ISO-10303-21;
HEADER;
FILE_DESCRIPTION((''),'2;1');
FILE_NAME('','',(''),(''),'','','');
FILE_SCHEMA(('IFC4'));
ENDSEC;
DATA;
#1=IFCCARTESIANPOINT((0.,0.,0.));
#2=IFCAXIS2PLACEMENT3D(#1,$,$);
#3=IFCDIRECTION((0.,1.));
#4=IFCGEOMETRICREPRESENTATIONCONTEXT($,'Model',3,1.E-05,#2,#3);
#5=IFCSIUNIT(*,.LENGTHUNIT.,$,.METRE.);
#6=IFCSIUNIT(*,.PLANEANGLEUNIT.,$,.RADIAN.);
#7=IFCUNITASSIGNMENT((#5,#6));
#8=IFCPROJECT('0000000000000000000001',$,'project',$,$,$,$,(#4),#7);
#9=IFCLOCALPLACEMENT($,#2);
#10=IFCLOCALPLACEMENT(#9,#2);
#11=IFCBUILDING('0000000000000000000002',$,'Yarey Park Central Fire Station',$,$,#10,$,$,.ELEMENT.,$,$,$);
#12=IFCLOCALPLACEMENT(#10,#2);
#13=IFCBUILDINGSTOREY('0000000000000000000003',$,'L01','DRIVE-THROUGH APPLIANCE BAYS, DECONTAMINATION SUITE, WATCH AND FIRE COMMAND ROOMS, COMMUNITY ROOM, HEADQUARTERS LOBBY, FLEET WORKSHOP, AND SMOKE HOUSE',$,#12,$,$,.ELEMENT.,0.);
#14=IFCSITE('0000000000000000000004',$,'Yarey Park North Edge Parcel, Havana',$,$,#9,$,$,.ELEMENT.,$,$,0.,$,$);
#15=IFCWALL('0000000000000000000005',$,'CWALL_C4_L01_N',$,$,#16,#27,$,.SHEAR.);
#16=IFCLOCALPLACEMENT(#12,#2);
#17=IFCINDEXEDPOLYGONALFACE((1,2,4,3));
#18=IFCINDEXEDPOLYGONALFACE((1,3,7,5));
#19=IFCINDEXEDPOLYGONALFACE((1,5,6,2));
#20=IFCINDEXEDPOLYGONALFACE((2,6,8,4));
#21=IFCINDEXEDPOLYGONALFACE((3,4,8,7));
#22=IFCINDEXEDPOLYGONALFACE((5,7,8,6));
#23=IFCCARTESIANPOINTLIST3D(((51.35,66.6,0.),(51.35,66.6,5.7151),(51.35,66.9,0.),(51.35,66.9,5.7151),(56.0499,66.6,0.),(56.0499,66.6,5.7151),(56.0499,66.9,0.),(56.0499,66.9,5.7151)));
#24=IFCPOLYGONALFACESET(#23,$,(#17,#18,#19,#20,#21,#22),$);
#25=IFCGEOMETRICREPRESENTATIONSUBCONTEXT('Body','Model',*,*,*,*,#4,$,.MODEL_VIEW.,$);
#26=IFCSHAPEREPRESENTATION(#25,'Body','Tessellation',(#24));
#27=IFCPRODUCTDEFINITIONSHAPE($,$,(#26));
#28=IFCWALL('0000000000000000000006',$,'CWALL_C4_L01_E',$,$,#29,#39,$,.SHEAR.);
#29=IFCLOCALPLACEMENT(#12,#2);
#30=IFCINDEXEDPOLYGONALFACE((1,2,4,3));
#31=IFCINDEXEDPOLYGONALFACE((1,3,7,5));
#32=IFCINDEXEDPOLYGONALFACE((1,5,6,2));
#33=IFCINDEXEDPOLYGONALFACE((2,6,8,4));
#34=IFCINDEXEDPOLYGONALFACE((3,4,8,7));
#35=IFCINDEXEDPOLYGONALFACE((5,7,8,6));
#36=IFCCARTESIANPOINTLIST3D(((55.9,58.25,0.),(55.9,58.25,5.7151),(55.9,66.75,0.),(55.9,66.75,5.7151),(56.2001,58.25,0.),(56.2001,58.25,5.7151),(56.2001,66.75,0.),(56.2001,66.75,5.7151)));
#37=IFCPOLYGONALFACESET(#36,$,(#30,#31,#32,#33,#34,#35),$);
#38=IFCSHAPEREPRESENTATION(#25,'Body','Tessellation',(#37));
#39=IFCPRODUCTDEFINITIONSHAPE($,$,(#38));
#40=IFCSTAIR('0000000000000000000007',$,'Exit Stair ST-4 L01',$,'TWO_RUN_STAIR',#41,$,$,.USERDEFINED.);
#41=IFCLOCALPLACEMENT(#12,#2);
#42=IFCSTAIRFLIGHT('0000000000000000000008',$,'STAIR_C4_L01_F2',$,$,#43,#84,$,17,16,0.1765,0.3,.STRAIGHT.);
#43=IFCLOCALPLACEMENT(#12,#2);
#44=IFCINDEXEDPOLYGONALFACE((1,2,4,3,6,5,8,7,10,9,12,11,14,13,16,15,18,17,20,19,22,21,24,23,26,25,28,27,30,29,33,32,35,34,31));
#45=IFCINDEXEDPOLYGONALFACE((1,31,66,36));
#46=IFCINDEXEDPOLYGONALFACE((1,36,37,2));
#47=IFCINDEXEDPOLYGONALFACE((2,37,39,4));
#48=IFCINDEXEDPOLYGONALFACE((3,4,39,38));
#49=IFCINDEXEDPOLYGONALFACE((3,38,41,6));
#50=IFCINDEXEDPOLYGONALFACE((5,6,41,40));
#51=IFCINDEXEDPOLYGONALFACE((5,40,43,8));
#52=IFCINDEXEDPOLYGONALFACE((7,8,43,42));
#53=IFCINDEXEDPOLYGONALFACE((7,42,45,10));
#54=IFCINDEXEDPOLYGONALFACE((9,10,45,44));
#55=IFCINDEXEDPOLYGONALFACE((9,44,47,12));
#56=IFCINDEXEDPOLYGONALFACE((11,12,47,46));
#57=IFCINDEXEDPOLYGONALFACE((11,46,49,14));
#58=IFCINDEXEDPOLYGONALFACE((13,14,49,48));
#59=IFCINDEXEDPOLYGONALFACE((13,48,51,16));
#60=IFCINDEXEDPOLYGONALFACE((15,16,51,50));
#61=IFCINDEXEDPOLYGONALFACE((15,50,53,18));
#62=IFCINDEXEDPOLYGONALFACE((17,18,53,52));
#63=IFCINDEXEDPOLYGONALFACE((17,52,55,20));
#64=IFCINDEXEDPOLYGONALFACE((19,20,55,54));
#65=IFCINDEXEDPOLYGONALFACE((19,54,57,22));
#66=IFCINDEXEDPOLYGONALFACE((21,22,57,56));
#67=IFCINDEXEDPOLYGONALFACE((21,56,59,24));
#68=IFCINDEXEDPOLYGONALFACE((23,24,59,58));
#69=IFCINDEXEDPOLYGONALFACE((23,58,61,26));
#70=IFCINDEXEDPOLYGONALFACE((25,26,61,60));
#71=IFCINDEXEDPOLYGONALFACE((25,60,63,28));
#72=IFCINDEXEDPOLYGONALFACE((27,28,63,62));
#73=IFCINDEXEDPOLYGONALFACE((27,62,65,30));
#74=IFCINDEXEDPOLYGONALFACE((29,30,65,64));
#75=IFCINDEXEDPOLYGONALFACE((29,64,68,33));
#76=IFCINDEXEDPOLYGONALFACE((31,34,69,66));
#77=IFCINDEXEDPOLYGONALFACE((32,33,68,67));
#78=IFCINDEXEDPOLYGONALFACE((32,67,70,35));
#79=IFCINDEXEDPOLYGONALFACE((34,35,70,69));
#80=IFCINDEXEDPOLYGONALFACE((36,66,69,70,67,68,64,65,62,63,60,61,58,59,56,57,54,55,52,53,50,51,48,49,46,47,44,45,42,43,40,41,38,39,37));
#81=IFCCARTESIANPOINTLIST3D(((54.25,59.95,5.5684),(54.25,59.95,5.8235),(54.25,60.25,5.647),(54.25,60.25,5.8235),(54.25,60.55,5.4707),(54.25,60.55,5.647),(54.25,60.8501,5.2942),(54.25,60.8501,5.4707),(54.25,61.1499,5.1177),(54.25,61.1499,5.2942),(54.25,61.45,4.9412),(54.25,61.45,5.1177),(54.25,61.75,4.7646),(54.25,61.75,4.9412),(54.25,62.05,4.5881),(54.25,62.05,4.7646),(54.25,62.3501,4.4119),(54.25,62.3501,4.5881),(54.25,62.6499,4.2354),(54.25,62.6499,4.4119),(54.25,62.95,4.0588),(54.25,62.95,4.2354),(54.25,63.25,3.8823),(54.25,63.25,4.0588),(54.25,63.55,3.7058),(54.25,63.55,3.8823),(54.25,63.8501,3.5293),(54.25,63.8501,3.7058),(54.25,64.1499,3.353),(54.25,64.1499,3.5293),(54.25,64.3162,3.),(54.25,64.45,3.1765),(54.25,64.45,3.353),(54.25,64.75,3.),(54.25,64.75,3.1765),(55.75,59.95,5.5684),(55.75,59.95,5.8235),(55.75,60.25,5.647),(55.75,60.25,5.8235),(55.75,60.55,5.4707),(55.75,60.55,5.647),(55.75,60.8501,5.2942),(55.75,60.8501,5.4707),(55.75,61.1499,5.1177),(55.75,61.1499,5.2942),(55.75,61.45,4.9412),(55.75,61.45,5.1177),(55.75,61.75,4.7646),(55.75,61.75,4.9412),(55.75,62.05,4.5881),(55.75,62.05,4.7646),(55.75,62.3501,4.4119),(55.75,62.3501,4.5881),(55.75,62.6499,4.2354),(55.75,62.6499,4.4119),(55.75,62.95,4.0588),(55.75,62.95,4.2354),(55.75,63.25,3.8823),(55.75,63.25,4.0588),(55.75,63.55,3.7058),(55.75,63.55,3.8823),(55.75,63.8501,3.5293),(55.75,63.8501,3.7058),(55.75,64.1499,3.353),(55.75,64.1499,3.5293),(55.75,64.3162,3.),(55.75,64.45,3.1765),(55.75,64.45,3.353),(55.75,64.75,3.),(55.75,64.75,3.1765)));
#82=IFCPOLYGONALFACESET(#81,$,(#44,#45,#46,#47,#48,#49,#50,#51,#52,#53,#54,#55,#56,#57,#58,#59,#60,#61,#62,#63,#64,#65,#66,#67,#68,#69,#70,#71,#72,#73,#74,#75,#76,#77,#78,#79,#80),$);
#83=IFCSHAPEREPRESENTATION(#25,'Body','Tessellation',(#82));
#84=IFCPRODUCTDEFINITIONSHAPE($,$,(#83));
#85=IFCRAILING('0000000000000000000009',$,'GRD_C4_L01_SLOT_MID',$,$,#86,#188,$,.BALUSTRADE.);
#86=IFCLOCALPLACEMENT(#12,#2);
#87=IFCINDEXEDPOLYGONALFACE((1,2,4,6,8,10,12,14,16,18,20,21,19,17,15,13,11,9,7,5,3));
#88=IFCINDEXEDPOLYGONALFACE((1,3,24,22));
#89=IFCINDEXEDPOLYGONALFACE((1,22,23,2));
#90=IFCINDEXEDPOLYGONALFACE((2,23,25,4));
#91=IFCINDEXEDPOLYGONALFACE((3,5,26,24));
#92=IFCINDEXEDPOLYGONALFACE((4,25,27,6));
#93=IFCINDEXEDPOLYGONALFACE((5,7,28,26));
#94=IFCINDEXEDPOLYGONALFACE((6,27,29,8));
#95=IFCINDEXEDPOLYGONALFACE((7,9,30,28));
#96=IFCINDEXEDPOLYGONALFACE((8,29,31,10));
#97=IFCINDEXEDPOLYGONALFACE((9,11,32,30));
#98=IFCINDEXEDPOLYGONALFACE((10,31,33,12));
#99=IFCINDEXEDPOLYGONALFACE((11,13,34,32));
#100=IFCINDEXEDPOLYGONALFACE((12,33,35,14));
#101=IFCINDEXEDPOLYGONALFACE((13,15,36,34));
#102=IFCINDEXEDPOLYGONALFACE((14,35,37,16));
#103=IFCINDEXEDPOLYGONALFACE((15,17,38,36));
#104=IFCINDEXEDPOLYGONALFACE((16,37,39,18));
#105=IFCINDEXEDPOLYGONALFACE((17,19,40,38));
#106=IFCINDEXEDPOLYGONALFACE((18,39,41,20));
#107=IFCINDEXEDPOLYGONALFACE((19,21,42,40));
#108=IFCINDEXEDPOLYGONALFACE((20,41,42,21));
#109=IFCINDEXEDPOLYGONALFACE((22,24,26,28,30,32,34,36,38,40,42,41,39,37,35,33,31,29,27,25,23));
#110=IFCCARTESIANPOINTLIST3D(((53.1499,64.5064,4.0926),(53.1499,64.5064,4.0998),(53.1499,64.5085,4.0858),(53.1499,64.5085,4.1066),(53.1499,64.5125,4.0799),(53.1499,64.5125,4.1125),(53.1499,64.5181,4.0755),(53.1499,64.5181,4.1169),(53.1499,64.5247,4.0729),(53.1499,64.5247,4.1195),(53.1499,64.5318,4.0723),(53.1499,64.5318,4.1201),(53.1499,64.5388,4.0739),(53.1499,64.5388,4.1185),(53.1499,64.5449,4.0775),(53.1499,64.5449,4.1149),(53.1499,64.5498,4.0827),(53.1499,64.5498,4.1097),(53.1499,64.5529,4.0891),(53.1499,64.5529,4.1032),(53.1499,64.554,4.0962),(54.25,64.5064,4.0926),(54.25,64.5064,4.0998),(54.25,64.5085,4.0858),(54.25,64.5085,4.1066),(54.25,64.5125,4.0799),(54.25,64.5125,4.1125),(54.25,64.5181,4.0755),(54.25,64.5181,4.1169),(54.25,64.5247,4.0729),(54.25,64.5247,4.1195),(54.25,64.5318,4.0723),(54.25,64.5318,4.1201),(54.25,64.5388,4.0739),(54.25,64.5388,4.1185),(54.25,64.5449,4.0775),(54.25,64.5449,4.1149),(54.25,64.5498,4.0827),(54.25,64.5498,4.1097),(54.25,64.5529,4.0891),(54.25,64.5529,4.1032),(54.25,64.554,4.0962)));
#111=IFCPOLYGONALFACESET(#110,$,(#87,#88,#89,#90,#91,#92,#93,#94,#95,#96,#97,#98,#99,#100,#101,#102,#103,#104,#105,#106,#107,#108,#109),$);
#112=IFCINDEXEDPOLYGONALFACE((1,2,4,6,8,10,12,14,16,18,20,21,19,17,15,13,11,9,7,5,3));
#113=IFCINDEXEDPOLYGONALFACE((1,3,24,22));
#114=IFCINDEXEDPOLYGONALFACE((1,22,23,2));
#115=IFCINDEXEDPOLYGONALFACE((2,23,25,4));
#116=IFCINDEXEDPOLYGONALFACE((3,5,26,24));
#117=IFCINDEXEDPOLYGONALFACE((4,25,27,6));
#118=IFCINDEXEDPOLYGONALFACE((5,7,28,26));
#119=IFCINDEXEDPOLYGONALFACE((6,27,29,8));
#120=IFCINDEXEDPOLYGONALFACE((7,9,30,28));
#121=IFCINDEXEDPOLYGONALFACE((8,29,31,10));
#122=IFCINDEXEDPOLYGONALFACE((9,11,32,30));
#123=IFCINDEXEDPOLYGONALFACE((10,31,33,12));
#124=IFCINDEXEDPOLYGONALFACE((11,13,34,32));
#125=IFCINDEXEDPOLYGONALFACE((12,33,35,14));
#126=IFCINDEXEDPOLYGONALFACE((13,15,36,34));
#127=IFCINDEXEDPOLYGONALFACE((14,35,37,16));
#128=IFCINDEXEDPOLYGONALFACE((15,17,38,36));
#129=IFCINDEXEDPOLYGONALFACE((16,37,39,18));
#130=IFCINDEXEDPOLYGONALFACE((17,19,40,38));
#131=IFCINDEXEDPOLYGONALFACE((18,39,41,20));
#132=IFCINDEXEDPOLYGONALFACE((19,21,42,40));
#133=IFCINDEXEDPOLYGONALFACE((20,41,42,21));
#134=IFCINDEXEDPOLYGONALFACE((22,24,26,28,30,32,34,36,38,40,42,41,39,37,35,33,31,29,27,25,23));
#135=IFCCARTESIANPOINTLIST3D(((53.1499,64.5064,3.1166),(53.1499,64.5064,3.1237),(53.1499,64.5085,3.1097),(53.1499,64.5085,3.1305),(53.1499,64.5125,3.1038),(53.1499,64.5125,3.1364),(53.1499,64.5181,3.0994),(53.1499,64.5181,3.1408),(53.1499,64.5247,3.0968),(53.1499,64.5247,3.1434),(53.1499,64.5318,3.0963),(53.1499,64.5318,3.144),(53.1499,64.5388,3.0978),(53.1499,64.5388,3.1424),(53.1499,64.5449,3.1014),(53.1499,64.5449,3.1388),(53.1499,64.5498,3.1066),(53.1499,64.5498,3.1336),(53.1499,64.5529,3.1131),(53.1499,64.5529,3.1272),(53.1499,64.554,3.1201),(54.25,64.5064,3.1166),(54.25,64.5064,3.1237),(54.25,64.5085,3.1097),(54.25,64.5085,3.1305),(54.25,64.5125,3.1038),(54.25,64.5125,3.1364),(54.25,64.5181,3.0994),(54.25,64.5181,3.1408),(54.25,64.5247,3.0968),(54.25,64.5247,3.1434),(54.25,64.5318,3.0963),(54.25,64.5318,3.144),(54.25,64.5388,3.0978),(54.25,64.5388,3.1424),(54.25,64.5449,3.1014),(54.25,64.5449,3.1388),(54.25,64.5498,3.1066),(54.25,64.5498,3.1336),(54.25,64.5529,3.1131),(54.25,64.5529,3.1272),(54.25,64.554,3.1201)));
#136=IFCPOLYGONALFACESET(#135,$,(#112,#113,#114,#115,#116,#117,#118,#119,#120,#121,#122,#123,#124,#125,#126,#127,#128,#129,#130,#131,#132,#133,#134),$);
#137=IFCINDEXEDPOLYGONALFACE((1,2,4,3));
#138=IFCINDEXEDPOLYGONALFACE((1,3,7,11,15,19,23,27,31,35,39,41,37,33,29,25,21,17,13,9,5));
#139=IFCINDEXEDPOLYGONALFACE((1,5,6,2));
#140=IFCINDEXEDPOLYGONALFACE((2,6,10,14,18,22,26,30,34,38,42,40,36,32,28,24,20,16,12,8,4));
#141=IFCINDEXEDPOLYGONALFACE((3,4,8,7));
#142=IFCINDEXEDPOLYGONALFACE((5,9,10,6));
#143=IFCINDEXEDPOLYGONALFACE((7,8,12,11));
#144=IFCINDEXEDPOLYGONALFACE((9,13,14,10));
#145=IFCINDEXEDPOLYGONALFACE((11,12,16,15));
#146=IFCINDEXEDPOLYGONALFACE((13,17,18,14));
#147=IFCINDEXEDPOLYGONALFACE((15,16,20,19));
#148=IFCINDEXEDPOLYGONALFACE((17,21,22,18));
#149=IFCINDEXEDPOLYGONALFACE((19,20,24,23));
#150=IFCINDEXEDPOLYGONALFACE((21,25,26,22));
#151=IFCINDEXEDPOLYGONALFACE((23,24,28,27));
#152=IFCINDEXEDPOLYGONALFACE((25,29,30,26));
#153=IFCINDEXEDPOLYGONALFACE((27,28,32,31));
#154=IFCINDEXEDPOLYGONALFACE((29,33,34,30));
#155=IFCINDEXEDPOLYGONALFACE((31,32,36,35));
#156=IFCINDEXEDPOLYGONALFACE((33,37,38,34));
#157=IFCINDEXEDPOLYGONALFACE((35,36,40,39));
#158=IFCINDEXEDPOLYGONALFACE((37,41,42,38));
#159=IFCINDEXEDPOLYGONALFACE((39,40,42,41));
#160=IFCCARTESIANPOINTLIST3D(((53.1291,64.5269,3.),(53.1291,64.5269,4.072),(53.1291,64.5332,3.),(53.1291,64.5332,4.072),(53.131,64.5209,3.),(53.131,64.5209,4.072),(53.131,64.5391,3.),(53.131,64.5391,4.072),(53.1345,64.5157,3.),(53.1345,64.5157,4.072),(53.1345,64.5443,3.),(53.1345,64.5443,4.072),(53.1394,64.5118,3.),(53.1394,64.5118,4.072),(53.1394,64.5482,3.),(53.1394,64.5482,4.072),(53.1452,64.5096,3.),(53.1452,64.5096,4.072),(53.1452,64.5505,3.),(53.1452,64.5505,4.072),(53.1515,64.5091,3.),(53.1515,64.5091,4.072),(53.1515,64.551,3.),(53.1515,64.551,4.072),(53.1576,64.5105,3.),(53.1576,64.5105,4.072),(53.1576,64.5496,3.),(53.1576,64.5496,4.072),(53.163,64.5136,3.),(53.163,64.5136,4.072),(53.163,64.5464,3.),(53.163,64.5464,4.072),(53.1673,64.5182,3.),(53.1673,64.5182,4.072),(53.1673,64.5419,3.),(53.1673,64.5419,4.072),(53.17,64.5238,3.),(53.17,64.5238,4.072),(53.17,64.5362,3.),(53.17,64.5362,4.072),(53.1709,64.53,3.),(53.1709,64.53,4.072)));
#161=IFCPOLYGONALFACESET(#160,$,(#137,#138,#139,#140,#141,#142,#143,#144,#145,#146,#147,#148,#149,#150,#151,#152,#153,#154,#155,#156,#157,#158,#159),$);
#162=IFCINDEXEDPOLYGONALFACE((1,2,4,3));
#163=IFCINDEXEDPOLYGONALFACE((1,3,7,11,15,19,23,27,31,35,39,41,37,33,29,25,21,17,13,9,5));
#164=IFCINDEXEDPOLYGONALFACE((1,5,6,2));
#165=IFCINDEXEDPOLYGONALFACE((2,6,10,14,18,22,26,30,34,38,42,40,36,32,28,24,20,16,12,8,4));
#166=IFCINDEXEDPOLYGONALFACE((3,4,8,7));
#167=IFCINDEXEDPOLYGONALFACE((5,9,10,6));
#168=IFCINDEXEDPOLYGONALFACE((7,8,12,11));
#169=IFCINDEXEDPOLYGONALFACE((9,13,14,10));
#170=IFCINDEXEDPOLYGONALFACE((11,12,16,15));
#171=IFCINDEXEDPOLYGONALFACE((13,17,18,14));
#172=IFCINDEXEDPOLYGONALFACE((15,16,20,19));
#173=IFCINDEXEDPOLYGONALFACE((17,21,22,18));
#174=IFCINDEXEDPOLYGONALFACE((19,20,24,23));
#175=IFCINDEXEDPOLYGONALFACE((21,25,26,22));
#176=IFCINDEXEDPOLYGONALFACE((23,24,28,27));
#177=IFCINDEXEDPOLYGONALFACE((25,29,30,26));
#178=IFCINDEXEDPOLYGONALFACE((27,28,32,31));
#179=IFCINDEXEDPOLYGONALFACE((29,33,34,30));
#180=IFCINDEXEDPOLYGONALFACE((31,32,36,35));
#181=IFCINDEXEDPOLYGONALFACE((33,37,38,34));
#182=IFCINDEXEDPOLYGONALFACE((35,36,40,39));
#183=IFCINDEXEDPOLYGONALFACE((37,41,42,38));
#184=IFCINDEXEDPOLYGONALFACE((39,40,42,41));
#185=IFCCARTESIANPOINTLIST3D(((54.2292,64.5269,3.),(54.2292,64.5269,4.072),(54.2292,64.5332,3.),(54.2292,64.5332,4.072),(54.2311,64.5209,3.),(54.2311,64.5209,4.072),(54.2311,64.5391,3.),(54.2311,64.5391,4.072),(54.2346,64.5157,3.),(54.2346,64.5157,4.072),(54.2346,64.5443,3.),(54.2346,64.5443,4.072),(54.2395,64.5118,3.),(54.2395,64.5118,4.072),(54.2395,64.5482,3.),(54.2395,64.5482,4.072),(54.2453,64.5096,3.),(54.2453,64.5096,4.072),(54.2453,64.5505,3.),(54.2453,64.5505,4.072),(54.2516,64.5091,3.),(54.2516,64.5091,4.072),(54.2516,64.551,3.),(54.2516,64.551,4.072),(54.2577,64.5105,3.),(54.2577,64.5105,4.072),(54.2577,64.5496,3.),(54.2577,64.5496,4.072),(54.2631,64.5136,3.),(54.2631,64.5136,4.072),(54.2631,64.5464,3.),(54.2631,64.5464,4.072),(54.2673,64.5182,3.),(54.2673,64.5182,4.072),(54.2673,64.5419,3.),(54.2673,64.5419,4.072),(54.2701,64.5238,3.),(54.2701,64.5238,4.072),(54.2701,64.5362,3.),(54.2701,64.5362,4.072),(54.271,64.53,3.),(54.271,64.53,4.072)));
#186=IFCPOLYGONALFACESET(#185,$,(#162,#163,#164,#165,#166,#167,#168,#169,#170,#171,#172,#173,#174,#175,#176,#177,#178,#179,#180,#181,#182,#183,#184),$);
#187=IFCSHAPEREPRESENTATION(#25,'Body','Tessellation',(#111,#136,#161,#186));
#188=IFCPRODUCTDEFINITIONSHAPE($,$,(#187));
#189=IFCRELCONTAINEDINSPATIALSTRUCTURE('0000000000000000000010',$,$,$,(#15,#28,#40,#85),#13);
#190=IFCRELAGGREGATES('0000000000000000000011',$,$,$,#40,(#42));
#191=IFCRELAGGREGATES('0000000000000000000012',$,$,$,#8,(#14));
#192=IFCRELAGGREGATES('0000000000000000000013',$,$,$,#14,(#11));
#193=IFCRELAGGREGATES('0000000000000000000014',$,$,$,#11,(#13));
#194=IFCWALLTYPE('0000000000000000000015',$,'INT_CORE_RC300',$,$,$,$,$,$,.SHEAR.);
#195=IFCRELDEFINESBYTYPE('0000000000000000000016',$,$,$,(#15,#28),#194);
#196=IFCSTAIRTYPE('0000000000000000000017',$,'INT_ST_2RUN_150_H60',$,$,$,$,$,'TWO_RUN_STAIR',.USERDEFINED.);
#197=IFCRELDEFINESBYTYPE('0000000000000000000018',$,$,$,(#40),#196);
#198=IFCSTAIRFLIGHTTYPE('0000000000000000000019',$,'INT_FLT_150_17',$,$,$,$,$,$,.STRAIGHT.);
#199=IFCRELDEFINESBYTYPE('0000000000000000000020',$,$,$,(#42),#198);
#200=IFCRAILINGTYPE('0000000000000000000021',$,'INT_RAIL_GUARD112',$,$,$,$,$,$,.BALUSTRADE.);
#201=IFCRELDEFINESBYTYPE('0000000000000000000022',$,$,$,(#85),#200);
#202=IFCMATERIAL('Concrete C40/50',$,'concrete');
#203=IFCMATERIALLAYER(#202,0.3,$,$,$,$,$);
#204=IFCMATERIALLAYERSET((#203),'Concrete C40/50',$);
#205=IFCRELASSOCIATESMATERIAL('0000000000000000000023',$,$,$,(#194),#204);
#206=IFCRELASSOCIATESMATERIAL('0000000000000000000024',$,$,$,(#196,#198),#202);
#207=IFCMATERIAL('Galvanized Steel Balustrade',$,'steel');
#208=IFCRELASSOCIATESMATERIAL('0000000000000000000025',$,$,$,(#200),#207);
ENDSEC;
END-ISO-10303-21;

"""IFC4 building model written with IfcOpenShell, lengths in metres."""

from ifc_helpers import new_model, si_unit, direction, frame, frame_2d, origin, origin_2d, place, context, subcontext, project, spatial, polyline, rectangle, circle, outline, extrude, material, layer, layer_set, type_object, element, aggregate, save


model = new_model("IFC4")

# Units and contexts
model_context = context("Model", 3, precision=1e-05, world=origin(), true_north=direction((0.0, 1.0)))
body_context = subcontext(model_context, "Body", "Model", "MODEL_VIEW")
ifc_project = project(units=[si_unit("LENGTHUNIT", "METRE"), si_unit("PLANEANGLEUNIT", "RADIAN")], contexts=[model_context])

# Site, building, storey
site_placement = place(None, origin())
site = spatial("IfcSite", under=ifc_project, at=site_placement, Name="Yarey Park North Edge Parcel, Havana", CompositionType="ELEMENT", RefElevation=0.0)
building_placement = place(site_placement, origin())
building = spatial("IfcBuilding", under=site, at=building_placement, Name="Yarey Park Central Fire Station", CompositionType="ELEMENT")
storey_placement = place(building_placement, origin())
storey = spatial("IfcBuildingStorey", under=building, at=storey_placement, Name="L01", Description="DRIVE-THROUGH APPLIANCE BAYS, DECONTAMINATION SUITE, WATCH AND FIRE COMMAND ROOMS, COMMUNITY ROOM, HEADQUARTERS LOBBY, FLEET WORKSHOP, AND SMOKE HOUSE", CompositionType="ELEMENT", Elevation=0.0)

# Walls
ifc_material_1 = material(Name="Concrete C40/50", Category="concrete")
ifc_layer = layer(ifc_material_1, 0.3)
ifc_layer_set = layer_set([ifc_layer], Name="Concrete C40/50")
wall_type = type_object("IfcWallType", Name="INT_CORE_RC300", PredefinedType="SHEAR", material=ifc_layer_set)
wall_1_placement = place(storey_placement, frame((56.05, 66.75, 0.0), z_axis=(0.0, 0.0, 1.0), x_axis=(-1.0, 0.0, 0.0)))
element("IfcWall", 1, at=wall_1_placement, inside=storey, type_object=wall_type, Name="CWALL_C4_L01_N", PredefinedType="SHEAR", context=body_context, shape_type="SweptSolid", body=[
    extrude(rectangle(XDim=4.7, YDim=0.3, at=frame_2d((2.3501, 0.0))), origin(), (0.0, 0.0, 1.0), 5.7151),
])
wall_2_placement = place(storey_placement, frame((56.05, 66.75, 0.0), z_axis=(0.0, 0.0, 1.0), x_axis=(0.0, -1.0, 0.0)))
element("IfcWall", 2, at=wall_2_placement, inside=storey, type_object=wall_type, Name="CWALL_C4_L01_E", PredefinedType="SHEAR", context=body_context, shape_type="SweptSolid", body=[
    extrude(rectangle(XDim=8.5, YDim=0.3, at=frame_2d((4.25, 0.0))), origin(), (0.0, 0.0, 1.0), 5.7151),
])

# Stair, stair flight
stair_type = type_object("IfcStairType", Name="INT_ST_2RUN_150_H60", ElementType="TWO_RUN_STAIR", PredefinedType="USERDEFINED", material=ifc_material_1)
stair_placement = place(storey_placement, origin())
stair = element("IfcStair", 3, at=stair_placement, inside=storey, type_object=stair_type, Name="Exit Stair ST-4 L01", ObjectType="TWO_RUN_STAIR", PredefinedType="USERDEFINED")
stair_flight_type = type_object("IfcStairFlightType", Name="INT_FLT_150_17", PredefinedType="STRAIGHT", material=ifc_material_1)
stair_flight_placement = place(storey_placement, frame((55.0, 64.75, 3.0), z_axis=(0.0, 0.0, 1.0), x_axis=(0.0, -1.0, 0.0)))
stair_flight = element("IfcStairFlight", 4, at=stair_flight_placement, type_object=stair_flight_type, Name="STAIR_C4_L01_F2", NumberOfRisers=17, NumberOfTreads=16, PredefinedType="STRAIGHT", RiserHeight=0.1765, TreadLength=0.3, context=body_context, shape_type="SweptSolid", body=[
    extrude(outline(polyline([(0.0, 0.0), (0.0, 0.1765), (0.3, 0.1765), (0.3, 0.353), (0.6001, 0.353), (0.6001, 0.5293), (0.8999, 0.5293), (0.8999, 0.7058), (1.2, 0.7058), (1.2, 0.8823), (1.5, 0.8823), (1.5, 1.0588), (1.8, 1.0588), (1.8, 1.2354), (2.1001, 1.2354), (2.1001, 1.4119), (2.3999, 1.4119), (2.3999, 1.5881), (2.7, 1.5881), (2.7, 1.7646), (3.0, 1.7646), (3.0, 1.9412), (3.3, 1.9412), (3.3, 2.1177), (3.6001, 2.1177), (3.6001, 2.2942), (3.8999, 2.2942), (3.8999, 2.4707), (4.2, 2.4707), (4.2, 2.647), (4.5, 2.647), (4.5, 2.8235), (4.8, 2.8235), (4.8, 3.0), (4.8, 2.5684), (0.4338, 0.0), (0.0, 0.0)])), frame((0.0, 0.75, 0.0), z_axis=(0.0, -1.0, 0.0), x_axis=(1.0, 0.0, 0.0)), (0.0, 0.0, 1.0), 1.5),
])
aggregate(stair, [stair_flight])

# Railing
ifc_material_2 = material(Name="Galvanized Steel Balustrade", Category="steel")
railing_type_1 = type_object("IfcRailingType", Name="INT_RAIL_GUARD112", PredefinedType="BALUSTRADE", material=ifc_material_2)
railing_1_placement = place(storey_placement, frame((53.1499, 64.53, 3.0)))
element("IfcRailing", 5, at=railing_1_placement, inside=storey, type_object=railing_type_1, Name="GRD_C4_L01_SLOT_MID", PredefinedType="BALUSTRADE", context=body_context, shape_type="SweptSolid", body=[
    extrude(circle(Radius=0.0239, at=origin_2d()), frame((0.0, 0.0, 1.0962), z_axis=(1.0, 0.0, 0.0), x_axis=(0.0, 1.0, 0.0)), (0.0, 0.0, 1.0), 1.1001),
    extrude(circle(Radius=0.0239, at=origin_2d()), frame((0.0, 0.0, 0.1201), z_axis=(1.0, 0.0, 0.0), x_axis=(0.0, 1.0, 0.0)), (0.0, 0.0, 1.0), 1.1001),
    extrude(circle(Radius=0.021, at=origin_2d()), origin(), (0.0, 0.0, 1.0), 1.072),
    extrude(circle(Radius=0.021, at=origin_2d()), frame((1.1001, 0.0, 0.0)), (0.0, 0.0, 1.0), 1.072),
])

save(model, "model.ifc")
